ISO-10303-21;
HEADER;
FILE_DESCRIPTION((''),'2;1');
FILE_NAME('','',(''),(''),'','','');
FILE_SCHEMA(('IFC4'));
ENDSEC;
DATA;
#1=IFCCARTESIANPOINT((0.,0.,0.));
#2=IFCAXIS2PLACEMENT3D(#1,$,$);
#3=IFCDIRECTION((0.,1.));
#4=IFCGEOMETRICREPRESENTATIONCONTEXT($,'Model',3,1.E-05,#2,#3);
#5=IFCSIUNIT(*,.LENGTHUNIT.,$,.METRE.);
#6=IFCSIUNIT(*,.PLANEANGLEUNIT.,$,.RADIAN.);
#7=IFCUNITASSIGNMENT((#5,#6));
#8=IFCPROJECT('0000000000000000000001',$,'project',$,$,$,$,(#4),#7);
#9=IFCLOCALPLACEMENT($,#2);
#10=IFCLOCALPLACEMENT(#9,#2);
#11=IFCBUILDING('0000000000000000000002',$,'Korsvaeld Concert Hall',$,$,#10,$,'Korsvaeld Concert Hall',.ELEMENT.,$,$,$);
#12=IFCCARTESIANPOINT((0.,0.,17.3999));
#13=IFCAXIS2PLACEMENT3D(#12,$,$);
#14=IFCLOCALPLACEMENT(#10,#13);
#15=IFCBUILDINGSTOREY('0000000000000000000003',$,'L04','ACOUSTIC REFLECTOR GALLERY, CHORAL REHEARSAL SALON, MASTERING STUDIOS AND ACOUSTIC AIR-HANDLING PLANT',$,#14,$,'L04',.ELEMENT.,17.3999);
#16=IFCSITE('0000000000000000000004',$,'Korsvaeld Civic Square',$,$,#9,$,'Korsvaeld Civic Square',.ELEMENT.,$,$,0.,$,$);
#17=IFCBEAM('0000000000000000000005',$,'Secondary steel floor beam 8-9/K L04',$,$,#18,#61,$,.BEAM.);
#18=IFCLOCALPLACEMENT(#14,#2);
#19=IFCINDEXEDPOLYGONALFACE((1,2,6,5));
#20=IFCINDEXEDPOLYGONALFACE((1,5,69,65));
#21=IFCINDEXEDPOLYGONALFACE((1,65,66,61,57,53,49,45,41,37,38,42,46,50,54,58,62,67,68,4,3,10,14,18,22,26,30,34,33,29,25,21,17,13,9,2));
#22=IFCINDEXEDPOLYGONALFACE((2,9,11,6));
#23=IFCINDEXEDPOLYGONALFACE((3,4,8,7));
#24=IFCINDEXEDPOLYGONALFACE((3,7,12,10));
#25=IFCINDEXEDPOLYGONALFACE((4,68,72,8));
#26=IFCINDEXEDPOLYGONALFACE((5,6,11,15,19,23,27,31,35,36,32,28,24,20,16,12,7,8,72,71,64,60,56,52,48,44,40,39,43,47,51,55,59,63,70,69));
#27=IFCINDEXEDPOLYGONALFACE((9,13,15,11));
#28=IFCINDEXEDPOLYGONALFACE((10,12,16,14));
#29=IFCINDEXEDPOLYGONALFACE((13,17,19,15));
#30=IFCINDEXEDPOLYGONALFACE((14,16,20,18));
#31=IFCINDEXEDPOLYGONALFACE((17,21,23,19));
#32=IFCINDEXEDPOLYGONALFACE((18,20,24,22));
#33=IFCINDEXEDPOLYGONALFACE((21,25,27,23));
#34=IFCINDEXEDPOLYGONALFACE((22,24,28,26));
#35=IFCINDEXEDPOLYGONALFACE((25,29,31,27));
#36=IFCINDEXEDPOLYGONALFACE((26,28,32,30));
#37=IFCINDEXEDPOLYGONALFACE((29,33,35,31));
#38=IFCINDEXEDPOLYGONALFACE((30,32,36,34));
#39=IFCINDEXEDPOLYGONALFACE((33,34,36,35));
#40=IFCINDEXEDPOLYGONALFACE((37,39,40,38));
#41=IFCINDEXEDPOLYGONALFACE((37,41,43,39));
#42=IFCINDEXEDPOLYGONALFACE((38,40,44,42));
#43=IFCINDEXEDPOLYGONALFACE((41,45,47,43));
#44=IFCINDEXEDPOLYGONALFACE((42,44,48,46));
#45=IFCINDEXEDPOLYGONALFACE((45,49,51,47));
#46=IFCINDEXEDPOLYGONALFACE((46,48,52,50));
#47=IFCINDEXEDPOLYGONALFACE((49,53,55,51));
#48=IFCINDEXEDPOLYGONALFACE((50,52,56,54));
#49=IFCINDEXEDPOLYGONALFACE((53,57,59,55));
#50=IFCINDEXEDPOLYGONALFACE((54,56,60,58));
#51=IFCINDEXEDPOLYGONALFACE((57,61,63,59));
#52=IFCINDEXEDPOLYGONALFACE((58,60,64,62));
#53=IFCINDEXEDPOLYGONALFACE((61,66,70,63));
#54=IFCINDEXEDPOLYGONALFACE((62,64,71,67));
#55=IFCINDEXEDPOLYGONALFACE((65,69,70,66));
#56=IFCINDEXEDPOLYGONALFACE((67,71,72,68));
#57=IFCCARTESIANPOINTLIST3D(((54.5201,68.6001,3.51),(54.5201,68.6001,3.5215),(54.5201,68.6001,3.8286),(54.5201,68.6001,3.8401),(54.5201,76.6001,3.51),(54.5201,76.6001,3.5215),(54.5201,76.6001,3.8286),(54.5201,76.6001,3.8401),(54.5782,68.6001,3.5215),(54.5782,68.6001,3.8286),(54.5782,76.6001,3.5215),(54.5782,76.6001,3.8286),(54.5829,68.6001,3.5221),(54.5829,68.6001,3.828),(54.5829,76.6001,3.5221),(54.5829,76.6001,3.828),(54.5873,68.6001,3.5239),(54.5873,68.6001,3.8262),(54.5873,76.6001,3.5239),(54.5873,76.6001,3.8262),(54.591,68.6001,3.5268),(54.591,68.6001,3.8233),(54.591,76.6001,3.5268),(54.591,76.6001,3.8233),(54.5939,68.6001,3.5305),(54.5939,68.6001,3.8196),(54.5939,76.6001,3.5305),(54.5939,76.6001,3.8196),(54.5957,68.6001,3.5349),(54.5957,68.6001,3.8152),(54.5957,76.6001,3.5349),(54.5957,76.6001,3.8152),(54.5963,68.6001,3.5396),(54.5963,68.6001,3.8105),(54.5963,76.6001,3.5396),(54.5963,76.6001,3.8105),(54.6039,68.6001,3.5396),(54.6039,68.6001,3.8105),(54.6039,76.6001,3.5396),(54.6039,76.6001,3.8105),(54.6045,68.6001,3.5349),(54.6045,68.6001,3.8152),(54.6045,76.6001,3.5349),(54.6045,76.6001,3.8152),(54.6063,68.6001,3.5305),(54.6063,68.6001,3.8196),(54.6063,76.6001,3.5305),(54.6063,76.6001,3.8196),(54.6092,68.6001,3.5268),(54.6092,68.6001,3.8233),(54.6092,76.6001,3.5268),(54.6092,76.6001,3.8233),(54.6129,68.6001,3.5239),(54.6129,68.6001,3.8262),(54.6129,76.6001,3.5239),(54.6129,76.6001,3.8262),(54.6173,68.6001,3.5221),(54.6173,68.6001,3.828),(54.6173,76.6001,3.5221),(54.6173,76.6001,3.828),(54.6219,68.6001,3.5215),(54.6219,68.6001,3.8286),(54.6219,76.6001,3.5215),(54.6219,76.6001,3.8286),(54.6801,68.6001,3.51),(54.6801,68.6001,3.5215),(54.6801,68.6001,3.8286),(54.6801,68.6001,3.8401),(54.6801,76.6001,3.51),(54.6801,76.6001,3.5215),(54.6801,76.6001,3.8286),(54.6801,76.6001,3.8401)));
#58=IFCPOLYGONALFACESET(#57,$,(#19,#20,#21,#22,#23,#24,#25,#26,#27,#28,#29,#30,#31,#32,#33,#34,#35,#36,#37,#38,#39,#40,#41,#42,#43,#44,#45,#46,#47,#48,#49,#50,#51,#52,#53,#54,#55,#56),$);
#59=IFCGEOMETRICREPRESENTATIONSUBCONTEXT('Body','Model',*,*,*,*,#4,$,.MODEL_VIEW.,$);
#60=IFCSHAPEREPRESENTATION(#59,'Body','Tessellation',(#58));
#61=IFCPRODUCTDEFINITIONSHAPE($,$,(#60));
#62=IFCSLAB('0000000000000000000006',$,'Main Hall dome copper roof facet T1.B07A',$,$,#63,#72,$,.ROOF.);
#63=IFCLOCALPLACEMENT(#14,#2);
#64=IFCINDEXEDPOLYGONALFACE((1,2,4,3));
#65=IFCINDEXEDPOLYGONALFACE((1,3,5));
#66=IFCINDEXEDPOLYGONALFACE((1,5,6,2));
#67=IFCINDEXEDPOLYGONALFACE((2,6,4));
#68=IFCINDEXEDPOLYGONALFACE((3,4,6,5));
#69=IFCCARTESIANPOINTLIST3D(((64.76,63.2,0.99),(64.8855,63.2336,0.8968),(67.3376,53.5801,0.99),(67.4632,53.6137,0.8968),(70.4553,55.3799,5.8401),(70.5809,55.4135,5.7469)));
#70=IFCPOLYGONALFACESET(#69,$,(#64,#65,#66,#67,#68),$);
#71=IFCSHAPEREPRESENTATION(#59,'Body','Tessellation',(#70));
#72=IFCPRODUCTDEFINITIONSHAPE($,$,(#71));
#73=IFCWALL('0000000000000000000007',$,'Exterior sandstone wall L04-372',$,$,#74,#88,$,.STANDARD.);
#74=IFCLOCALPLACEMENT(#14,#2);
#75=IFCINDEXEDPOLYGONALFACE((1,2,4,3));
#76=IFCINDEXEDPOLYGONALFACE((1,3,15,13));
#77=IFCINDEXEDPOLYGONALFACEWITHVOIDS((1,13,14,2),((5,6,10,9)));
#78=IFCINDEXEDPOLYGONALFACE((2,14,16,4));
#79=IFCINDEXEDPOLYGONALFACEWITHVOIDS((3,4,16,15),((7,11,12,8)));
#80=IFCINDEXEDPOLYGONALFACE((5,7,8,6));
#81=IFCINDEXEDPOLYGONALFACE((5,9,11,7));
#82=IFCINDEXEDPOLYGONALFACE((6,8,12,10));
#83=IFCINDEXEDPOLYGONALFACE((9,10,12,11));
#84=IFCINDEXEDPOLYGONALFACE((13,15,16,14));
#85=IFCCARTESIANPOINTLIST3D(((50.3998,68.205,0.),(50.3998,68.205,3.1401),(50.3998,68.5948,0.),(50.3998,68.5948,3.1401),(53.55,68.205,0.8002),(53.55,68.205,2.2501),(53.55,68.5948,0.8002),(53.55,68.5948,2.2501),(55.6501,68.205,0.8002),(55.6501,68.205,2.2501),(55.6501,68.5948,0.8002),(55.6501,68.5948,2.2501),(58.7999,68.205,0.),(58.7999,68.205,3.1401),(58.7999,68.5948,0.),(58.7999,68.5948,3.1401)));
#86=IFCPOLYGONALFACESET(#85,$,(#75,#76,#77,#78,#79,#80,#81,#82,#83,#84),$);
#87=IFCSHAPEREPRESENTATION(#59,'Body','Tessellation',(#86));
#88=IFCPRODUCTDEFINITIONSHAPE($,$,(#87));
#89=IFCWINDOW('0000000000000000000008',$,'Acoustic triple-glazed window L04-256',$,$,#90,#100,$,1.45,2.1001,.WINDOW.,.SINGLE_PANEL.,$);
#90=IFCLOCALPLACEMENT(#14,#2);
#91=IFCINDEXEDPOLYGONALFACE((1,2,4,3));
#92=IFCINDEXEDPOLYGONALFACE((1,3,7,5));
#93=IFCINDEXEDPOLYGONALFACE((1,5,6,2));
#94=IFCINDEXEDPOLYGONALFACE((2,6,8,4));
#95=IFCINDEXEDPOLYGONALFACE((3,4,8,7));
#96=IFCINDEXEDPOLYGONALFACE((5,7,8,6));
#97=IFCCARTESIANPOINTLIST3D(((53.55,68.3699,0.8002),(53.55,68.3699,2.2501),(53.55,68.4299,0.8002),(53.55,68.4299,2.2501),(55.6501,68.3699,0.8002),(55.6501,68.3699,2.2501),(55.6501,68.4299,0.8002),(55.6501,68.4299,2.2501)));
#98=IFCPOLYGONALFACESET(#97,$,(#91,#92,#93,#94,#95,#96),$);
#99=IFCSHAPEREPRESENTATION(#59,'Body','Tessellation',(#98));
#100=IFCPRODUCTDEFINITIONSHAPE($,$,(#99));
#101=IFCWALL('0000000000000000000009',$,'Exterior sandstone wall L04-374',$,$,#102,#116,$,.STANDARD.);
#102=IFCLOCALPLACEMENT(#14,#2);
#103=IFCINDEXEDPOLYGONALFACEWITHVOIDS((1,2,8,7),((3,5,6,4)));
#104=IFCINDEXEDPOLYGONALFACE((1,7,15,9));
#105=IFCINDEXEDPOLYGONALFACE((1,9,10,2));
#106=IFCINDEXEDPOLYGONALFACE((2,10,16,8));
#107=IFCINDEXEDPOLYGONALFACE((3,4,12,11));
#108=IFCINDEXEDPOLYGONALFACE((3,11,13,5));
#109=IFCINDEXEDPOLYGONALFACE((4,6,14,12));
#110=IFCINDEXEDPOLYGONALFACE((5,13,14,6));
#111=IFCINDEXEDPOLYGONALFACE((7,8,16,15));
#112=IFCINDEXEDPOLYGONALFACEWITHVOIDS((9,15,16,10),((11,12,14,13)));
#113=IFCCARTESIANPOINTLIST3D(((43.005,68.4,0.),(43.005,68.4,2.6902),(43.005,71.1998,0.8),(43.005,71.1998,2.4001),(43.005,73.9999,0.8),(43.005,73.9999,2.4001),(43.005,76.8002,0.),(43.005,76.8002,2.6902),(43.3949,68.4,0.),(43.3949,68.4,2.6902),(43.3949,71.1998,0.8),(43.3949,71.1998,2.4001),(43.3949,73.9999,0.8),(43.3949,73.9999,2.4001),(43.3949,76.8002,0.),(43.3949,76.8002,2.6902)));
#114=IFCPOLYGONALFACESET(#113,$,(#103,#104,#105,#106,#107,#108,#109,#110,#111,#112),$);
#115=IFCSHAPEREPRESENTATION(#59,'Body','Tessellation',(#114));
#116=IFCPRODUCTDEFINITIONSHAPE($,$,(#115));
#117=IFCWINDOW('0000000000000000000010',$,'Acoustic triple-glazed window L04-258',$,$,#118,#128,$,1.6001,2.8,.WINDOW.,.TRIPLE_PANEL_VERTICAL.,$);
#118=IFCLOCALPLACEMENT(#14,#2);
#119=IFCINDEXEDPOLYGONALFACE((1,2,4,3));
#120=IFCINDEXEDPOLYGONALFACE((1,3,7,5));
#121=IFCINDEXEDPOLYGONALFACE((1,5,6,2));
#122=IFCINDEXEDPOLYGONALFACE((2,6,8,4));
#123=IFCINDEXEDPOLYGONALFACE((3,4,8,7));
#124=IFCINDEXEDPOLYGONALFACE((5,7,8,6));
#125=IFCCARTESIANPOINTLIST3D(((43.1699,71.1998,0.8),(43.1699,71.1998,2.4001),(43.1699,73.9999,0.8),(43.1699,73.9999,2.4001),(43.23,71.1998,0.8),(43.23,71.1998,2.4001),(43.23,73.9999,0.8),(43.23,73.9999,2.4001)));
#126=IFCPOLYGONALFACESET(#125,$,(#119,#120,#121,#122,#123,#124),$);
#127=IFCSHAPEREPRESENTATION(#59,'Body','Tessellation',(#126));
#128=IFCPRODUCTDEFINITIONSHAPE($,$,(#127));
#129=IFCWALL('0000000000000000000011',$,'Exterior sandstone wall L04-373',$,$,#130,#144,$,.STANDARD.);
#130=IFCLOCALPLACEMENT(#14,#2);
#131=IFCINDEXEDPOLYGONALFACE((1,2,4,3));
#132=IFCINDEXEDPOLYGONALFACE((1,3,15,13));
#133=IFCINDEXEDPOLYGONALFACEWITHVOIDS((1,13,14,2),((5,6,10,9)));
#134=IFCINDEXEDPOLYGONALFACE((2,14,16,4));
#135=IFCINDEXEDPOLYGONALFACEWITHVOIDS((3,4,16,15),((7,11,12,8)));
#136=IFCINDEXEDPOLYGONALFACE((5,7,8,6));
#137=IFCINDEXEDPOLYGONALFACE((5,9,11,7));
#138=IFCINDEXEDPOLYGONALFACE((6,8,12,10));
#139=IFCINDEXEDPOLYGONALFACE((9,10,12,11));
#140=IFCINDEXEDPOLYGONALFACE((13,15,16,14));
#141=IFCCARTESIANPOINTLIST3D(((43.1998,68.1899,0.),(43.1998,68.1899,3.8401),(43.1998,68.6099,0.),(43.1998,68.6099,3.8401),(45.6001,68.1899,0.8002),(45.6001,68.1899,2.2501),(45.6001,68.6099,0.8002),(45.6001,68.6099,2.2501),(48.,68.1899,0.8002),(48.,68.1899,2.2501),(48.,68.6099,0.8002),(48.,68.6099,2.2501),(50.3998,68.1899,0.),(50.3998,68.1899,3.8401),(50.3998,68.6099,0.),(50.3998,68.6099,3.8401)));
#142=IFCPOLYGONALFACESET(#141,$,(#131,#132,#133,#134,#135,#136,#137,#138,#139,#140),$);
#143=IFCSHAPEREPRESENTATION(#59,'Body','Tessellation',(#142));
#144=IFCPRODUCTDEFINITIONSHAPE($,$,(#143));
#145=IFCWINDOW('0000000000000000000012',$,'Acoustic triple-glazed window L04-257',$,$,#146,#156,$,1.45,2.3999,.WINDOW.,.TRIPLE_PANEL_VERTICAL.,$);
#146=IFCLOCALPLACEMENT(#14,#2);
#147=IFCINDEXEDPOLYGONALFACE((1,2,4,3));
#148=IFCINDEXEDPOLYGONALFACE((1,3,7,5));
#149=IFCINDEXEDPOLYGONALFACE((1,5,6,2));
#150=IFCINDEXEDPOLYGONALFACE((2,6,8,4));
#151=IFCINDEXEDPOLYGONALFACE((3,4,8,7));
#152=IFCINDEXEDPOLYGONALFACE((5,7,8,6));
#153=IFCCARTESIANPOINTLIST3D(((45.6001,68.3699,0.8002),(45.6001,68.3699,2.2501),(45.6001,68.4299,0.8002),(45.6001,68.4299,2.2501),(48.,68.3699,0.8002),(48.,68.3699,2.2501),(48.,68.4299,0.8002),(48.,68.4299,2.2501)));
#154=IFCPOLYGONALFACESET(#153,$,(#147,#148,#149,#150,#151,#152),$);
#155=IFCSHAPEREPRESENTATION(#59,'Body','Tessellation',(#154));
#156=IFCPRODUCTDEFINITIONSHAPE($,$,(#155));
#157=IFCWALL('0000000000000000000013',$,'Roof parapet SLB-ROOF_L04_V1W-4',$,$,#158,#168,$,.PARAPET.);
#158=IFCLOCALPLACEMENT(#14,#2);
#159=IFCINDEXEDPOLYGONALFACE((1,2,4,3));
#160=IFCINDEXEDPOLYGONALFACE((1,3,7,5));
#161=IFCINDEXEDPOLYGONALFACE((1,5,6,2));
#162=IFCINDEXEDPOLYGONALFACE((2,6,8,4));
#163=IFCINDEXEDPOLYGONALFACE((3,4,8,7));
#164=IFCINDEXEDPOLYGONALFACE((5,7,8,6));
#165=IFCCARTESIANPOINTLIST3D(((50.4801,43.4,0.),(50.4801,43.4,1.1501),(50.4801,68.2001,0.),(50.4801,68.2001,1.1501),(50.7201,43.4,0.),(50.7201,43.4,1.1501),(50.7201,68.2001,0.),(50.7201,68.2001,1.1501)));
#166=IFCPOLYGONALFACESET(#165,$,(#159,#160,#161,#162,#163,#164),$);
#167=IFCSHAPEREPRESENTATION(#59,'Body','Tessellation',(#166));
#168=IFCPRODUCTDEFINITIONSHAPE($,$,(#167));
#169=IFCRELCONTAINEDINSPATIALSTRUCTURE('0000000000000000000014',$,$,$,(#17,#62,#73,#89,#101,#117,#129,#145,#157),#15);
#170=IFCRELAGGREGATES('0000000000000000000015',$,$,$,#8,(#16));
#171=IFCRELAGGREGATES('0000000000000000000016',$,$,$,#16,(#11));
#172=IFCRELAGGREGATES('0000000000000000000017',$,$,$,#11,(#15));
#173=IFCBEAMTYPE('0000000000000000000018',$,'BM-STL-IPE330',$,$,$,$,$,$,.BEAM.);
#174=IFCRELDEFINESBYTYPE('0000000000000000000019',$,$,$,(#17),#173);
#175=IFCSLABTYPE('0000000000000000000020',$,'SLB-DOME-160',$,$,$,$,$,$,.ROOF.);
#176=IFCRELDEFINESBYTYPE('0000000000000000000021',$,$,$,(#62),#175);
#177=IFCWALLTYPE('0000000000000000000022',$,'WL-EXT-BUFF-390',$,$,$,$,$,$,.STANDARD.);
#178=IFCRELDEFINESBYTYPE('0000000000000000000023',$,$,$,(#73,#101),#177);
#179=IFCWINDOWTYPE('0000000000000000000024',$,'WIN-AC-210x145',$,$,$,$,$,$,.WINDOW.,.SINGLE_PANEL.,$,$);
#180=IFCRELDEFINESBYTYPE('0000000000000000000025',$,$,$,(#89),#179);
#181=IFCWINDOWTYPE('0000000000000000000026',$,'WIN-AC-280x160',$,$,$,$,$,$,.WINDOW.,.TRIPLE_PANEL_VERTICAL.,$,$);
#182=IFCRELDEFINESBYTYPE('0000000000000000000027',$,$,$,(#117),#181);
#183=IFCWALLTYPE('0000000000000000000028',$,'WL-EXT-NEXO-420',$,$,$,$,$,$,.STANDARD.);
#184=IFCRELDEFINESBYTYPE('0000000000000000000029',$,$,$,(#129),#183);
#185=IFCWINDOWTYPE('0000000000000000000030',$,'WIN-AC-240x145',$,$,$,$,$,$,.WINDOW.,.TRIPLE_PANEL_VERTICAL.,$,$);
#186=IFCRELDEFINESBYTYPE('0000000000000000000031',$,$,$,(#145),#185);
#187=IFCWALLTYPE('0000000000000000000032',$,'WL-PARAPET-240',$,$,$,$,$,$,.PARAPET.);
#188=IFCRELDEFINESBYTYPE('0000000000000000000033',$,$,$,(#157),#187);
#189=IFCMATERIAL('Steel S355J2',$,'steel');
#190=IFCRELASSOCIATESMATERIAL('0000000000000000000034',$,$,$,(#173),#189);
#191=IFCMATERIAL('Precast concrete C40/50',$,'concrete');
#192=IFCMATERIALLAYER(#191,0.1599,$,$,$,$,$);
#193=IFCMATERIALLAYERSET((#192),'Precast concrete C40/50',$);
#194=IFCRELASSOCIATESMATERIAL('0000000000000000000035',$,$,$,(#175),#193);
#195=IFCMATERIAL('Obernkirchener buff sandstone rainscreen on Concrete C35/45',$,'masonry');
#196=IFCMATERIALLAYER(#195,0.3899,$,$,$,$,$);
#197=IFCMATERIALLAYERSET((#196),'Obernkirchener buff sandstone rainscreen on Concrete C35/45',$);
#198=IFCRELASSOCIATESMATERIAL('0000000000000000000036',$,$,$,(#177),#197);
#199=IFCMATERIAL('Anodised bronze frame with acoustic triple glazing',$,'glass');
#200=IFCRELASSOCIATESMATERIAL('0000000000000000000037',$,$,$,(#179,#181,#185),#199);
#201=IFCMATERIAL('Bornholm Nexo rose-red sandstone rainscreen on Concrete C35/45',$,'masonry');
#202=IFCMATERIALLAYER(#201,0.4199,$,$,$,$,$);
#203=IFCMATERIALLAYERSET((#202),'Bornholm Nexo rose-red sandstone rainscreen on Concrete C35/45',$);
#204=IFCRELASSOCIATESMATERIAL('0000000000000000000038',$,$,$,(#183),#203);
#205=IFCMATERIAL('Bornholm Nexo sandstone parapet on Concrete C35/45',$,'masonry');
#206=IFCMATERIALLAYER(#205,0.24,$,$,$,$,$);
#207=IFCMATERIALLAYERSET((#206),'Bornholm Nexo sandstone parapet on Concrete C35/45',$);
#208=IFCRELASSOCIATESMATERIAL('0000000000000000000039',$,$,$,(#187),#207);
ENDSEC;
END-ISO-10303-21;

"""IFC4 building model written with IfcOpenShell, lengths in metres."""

from ifc_helpers import new_model, si_unit, direction, frame, frame_2d, origin, origin_2d, place, context, subcontext, project, spatial, polyline, rectangle, i_section, outline, extrude, material, layer, layer_set, material_profile, profile_set, type_object, element, fill, save


model = new_model("IFC4")

# Units and contexts
model_context = context("Model", 3, precision=1e-05, world=origin(), true_north=direction((0.0, 1.0)))
body_context = subcontext(model_context, "Body", "Model", "MODEL_VIEW")
ifc_project = project(units=[si_unit("LENGTHUNIT", "METRE"), si_unit("PLANEANGLEUNIT", "RADIAN")], contexts=[model_context])

# Site, building, storey
site_placement = place(None, origin())
site = spatial("IfcSite", under=ifc_project, at=site_placement, Name="Korsvaeld Civic Square", LongName="Korsvaeld Civic Square", CompositionType="ELEMENT", RefElevation=0.0)
building_placement = place(site_placement, origin())
building = spatial("IfcBuilding", under=site, at=building_placement, Name="Korsvaeld Concert Hall", LongName="Korsvaeld Concert Hall", CompositionType="ELEMENT")
storey_placement = place(building_placement, frame((0.0, 0.0, 17.3999)))
storey = spatial("IfcBuildingStorey", under=building, at=storey_placement, Name="L04", Description="ACOUSTIC REFLECTOR GALLERY, CHORAL REHEARSAL SALON, MASTERING STUDIOS AND ACOUSTIC AIR-HANDLING PLANT", LongName="L04", CompositionType="ELEMENT", Elevation=17.3999)

# Beam
ifc_material_1 = material(Name="Steel S355J2", Category="steel")
ifc_material_profile_1 = material_profile(ifc_material_1, i_section(OverallWidth=0.1599, OverallDepth=0.3301, WebThickness=0.0076, FlangeThickness=0.0115, FilletRadius=0.0181, at=origin_2d()), Name="IPE 330")
ifc_profile_set_1 = profile_set([ifc_material_profile_1], Name="Steel S355J2")
beam_type_1 = type_object("IfcBeamType", Name="BM-STL-IPE330", PredefinedType="BEAM", material=ifc_profile_set_1)
beam_1_placement = place(storey_placement, frame((54.6001, 68.6001, 3.675), z_axis=(0.0, 1.0, 0.0), x_axis=(-1.0, 0.0, 0.0)))
element("IfcBeam", 1, at=beam_1_placement, inside=storey, type_object=beam_type_1, Name="Secondary steel floor beam 8-9/K L04", PredefinedType="BEAM", context=body_context, shape_type="SweptSolid", body=[
    extrude(i_section(OverallWidth=0.1599, OverallDepth=0.3301, WebThickness=0.0076, FlangeThickness=0.0115, FilletRadius=0.0181, at=origin_2d()), origin(), (0.0, 0.0, 1.0), 8.0),
])

# Slab
ifc_material_2 = material(Name="Precast concrete C40/50", Category="concrete")
ifc_layer_1 = layer(ifc_material_2, 0.1599)
ifc_layer_set_1 = layer_set([ifc_layer_1], Name="Precast concrete C40/50")
slab_type = type_object("IfcSlabType", Name="SLB-DOME-160", PredefinedType="ROOF", material=ifc_layer_set_1)
slab_placement = place(storey_placement, frame((64.76, 63.2, 0.99), z_axis=(-0.785017, -0.210345, 0.58267), x_axis=(0.258819, -0.965926, 0.0)))
element("IfcSlab", 2, at=slab_placement, inside=storey, type_object=slab_type, Name="Main Hall dome copper roof facet T1.B07A", PredefinedType="ROOF", context=body_context, shape_type="SweptSolid", body=[
    extrude(outline(polyline([(0.0, 0.0), (9.9592, 0.0), (9.0277, 5.9678), (0.0, 0.0)])), origin(), (0.0, 0.0, -1.0), 0.1599),
])

# Walls, openings, windows
ifc_material_3 = material(Name="Obernkirchener buff sandstone rainscreen on Concrete C35/45", Category="masonry")
ifc_layer_2 = layer(ifc_material_3, 0.3899)
ifc_layer_set_2 = layer_set([ifc_layer_2], Name="Obernkirchener buff sandstone rainscreen on Concrete C35/45")
wall_type_1 = type_object("IfcWallType", Name="WL-EXT-BUFF-390", PredefinedType="STANDARD", material=ifc_layer_set_2)
wall_1_placement = place(storey_placement, frame((58.8, 68.3999, 0.0), z_axis=(0.0, 0.0, 1.0), x_axis=(-1.0, 0.0, 0.0)))
wall_1 = element("IfcWall", 3, at=wall_1_placement, inside=storey, type_object=wall_type_1, Name="Exterior sandstone wall L04-372", PredefinedType="STANDARD", context=body_context, shape_type="SweptSolid", body=[
    extrude(rectangle(XDim=8.4001, YDim=0.3899, at=frame_2d((4.2002, 0.0))), origin(), (0.0, 0.0, 1.0), 3.1401),
])
opening_1_placement = place(wall_1_placement, frame((3.1499, 0.0, 0.8)))
opening_1 = element("IfcOpeningElement", 4, at=opening_1_placement, cuts=wall_1, PredefinedType="OPENING", context=body_context, shape_type="SweptSolid", body=[
    extrude(rectangle(XDim=2.1001, YDim=1.45, at=frame_2d((1.05, 0.7251))), frame((0.0, 0.2051, 0.0), z_axis=(0.0, -1.0, 0.0), x_axis=(1.0, 0.0, 0.0)), (0.0, 0.0, 1.0), 0.4099),
])
ifc_material_4 = material(Name="Anodised bronze frame with acoustic triple glazing", Category="glass")
window_type_1 = type_object("IfcWindowType", Name="WIN-AC-210x145", PartitioningType="SINGLE_PANEL", PredefinedType="WINDOW", material=ifc_material_4)
window_1_placement = place(opening_1_placement, origin())
window_1 = element("IfcWindow", 5, at=window_1_placement, inside=storey, type_object=window_type_1, Name="Acoustic triple-glazed window L04-256", OverallHeight=1.45, OverallWidth=2.1001, PartitioningType="SINGLE_PANEL", PredefinedType="WINDOW", context=body_context, shape_type="SweptSolid", body=[
    extrude(rectangle(XDim=2.1001, YDim=1.45, at=frame_2d((1.05, 0.7251))), frame((0.0, 0.03, 0.0), z_axis=(0.0, -1.0, 0.0), x_axis=(1.0, 0.0, 0.0)), (0.0, 0.0, 1.0), 0.0601),
])
fill(opening_1, window_1)
wall_2_placement = place(storey_placement, frame((43.2, 68.3999, 0.0), z_axis=(0.0, 0.0, 1.0), x_axis=(0.0, 1.0, 0.0)))
wall_2 = element("IfcWall", 6, at=wall_2_placement, inside=storey, type_object=wall_type_1, Name="Exterior sandstone wall L04-374", PredefinedType="STANDARD", context=body_context, shape_type="SweptSolid", body=[
    extrude(rectangle(XDim=8.4001, YDim=0.3899, at=frame_2d((4.2002, 0.0))), origin(), (0.0, 0.0, 1.0), 2.6902),
])
opening_2_placement = place(wall_2_placement, frame((2.8, 0.0, 0.8)))
opening_2 = element("IfcOpeningElement", 7, at=opening_2_placement, cuts=wall_2, PredefinedType="OPENING", context=body_context, shape_type="SweptSolid", body=[
    extrude(rectangle(XDim=2.8, YDim=1.6001, at=frame_2d((1.3999, 0.8))), frame((0.0, 0.2051, 0.0), z_axis=(0.0, -1.0, 0.0), x_axis=(1.0, 0.0, 0.0)), (0.0, 0.0, 1.0), 0.4099),
])
window_type_2 = type_object("IfcWindowType", Name="WIN-AC-280x160", PartitioningType="TRIPLE_PANEL_VERTICAL", PredefinedType="WINDOW", material=ifc_material_4)
window_2_placement = place(opening_2_placement, origin())
window_2 = element("IfcWindow", 8, at=window_2_placement, inside=storey, type_object=window_type_2, Name="Acoustic triple-glazed window L04-258", OverallHeight=1.6001, OverallWidth=2.8, PartitioningType="TRIPLE_PANEL_VERTICAL", PredefinedType="WINDOW", context=body_context, shape_type="SweptSolid", body=[
    extrude(rectangle(XDim=2.8, YDim=1.6001, at=frame_2d((1.3999, 0.8))), frame((0.0, 0.03, 0.0), z_axis=(0.0, -1.0, 0.0), x_axis=(1.0, 0.0, 0.0)), (0.0, 0.0, 1.0), 0.0601),
])
fill(opening_2, window_2)
ifc_material_5 = material(Name="Bornholm Nexo rose-red sandstone rainscreen on Concrete C35/45", Category="masonry")
ifc_layer_3 = layer(ifc_material_5, 0.4199)
ifc_layer_set_3 = layer_set([ifc_layer_3], Name="Bornholm Nexo rose-red sandstone rainscreen on Concrete C35/45")
wall_type_2 = type_object("IfcWallType", Name="WL-EXT-NEXO-420", PredefinedType="STANDARD", material=ifc_layer_set_3)
wall_3_placement = place(storey_placement, frame((50.3999, 68.3999, 0.0), z_axis=(0.0, 0.0, 1.0), x_axis=(-1.0, 0.0, 0.0)))
wall_3 = element("IfcWall", 9, at=wall_3_placement, inside=storey, type_object=wall_type_2, Name="Exterior sandstone wall L04-373", PredefinedType="STANDARD", context=body_context, shape_type="SweptSolid", body=[
    extrude(rectangle(XDim=7.2, YDim=0.4199, at=frame_2d((3.6001, 0.0))), origin(), (0.0, 0.0, 1.0), 3.8401),
])
opening_3_placement = place(wall_3_placement, frame((2.3999, 0.0, 0.8)))
opening_3 = element("IfcOpeningElement", 10, at=opening_3_placement, cuts=wall_3, PredefinedType="OPENING", context=body_context, shape_type="SweptSolid", body=[
    extrude(rectangle(XDim=2.3999, YDim=1.45, at=frame_2d((1.2, 0.7251))), frame((0.0, 0.22, 0.0), z_axis=(0.0, -1.0, 0.0), x_axis=(1.0, 0.0, 0.0)), (0.0, 0.0, 1.0), 0.4399),
])
window_type_3 = type_object("IfcWindowType", Name="WIN-AC-240x145", PartitioningType="TRIPLE_PANEL_VERTICAL", PredefinedType="WINDOW", material=ifc_material_4)
window_3_placement = place(opening_3_placement, origin())
window_3 = element("IfcWindow", 11, at=window_3_placement, inside=storey, type_object=window_type_3, Name="Acoustic triple-glazed window L04-257", OverallHeight=1.45, OverallWidth=2.3999, PartitioningType="TRIPLE_PANEL_VERTICAL", PredefinedType="WINDOW", context=body_context, shape_type="SweptSolid", body=[
    extrude(rectangle(XDim=2.3999, YDim=1.45, at=frame_2d((1.2, 0.7251))), frame((0.0, 0.03, 0.0), z_axis=(0.0, -1.0, 0.0), x_axis=(1.0, 0.0, 0.0)), (0.0, 0.0, 1.0), 0.0601),
])
fill(opening_3, window_3)

# Wall
ifc_material_6 = material(Name="Bornholm Nexo sandstone parapet on Concrete C35/45", Category="masonry")
ifc_layer_4 = layer(ifc_material_6, 0.24)
ifc_layer_set_4 = layer_set([ifc_layer_4], Name="Bornholm Nexo sandstone parapet on Concrete C35/45")
wall_type_3 = type_object("IfcWallType", Name="WL-PARAPET-240", PredefinedType="PARAPET", material=ifc_layer_set_4)
wall_4_placement = place(storey_placement, frame((50.6001, 68.2, 0.0), z_axis=(0.0, 0.0, 1.0), x_axis=(0.0, -1.0, 0.0)))
element("IfcWall", 12, at=wall_4_placement, inside=storey, type_object=wall_type_3, Name="Roof parapet SLB-ROOF_L04_V1W-4", PredefinedType="PARAPET", context=body_context, shape_type="SweptSolid", body=[
    extrude(rectangle(XDim=24.8, YDim=0.24, at=frame_2d((12.3999, 0.0))), origin(), (0.0, 0.0, 1.0), 1.1501),
])

save(model, "model.ifc")
